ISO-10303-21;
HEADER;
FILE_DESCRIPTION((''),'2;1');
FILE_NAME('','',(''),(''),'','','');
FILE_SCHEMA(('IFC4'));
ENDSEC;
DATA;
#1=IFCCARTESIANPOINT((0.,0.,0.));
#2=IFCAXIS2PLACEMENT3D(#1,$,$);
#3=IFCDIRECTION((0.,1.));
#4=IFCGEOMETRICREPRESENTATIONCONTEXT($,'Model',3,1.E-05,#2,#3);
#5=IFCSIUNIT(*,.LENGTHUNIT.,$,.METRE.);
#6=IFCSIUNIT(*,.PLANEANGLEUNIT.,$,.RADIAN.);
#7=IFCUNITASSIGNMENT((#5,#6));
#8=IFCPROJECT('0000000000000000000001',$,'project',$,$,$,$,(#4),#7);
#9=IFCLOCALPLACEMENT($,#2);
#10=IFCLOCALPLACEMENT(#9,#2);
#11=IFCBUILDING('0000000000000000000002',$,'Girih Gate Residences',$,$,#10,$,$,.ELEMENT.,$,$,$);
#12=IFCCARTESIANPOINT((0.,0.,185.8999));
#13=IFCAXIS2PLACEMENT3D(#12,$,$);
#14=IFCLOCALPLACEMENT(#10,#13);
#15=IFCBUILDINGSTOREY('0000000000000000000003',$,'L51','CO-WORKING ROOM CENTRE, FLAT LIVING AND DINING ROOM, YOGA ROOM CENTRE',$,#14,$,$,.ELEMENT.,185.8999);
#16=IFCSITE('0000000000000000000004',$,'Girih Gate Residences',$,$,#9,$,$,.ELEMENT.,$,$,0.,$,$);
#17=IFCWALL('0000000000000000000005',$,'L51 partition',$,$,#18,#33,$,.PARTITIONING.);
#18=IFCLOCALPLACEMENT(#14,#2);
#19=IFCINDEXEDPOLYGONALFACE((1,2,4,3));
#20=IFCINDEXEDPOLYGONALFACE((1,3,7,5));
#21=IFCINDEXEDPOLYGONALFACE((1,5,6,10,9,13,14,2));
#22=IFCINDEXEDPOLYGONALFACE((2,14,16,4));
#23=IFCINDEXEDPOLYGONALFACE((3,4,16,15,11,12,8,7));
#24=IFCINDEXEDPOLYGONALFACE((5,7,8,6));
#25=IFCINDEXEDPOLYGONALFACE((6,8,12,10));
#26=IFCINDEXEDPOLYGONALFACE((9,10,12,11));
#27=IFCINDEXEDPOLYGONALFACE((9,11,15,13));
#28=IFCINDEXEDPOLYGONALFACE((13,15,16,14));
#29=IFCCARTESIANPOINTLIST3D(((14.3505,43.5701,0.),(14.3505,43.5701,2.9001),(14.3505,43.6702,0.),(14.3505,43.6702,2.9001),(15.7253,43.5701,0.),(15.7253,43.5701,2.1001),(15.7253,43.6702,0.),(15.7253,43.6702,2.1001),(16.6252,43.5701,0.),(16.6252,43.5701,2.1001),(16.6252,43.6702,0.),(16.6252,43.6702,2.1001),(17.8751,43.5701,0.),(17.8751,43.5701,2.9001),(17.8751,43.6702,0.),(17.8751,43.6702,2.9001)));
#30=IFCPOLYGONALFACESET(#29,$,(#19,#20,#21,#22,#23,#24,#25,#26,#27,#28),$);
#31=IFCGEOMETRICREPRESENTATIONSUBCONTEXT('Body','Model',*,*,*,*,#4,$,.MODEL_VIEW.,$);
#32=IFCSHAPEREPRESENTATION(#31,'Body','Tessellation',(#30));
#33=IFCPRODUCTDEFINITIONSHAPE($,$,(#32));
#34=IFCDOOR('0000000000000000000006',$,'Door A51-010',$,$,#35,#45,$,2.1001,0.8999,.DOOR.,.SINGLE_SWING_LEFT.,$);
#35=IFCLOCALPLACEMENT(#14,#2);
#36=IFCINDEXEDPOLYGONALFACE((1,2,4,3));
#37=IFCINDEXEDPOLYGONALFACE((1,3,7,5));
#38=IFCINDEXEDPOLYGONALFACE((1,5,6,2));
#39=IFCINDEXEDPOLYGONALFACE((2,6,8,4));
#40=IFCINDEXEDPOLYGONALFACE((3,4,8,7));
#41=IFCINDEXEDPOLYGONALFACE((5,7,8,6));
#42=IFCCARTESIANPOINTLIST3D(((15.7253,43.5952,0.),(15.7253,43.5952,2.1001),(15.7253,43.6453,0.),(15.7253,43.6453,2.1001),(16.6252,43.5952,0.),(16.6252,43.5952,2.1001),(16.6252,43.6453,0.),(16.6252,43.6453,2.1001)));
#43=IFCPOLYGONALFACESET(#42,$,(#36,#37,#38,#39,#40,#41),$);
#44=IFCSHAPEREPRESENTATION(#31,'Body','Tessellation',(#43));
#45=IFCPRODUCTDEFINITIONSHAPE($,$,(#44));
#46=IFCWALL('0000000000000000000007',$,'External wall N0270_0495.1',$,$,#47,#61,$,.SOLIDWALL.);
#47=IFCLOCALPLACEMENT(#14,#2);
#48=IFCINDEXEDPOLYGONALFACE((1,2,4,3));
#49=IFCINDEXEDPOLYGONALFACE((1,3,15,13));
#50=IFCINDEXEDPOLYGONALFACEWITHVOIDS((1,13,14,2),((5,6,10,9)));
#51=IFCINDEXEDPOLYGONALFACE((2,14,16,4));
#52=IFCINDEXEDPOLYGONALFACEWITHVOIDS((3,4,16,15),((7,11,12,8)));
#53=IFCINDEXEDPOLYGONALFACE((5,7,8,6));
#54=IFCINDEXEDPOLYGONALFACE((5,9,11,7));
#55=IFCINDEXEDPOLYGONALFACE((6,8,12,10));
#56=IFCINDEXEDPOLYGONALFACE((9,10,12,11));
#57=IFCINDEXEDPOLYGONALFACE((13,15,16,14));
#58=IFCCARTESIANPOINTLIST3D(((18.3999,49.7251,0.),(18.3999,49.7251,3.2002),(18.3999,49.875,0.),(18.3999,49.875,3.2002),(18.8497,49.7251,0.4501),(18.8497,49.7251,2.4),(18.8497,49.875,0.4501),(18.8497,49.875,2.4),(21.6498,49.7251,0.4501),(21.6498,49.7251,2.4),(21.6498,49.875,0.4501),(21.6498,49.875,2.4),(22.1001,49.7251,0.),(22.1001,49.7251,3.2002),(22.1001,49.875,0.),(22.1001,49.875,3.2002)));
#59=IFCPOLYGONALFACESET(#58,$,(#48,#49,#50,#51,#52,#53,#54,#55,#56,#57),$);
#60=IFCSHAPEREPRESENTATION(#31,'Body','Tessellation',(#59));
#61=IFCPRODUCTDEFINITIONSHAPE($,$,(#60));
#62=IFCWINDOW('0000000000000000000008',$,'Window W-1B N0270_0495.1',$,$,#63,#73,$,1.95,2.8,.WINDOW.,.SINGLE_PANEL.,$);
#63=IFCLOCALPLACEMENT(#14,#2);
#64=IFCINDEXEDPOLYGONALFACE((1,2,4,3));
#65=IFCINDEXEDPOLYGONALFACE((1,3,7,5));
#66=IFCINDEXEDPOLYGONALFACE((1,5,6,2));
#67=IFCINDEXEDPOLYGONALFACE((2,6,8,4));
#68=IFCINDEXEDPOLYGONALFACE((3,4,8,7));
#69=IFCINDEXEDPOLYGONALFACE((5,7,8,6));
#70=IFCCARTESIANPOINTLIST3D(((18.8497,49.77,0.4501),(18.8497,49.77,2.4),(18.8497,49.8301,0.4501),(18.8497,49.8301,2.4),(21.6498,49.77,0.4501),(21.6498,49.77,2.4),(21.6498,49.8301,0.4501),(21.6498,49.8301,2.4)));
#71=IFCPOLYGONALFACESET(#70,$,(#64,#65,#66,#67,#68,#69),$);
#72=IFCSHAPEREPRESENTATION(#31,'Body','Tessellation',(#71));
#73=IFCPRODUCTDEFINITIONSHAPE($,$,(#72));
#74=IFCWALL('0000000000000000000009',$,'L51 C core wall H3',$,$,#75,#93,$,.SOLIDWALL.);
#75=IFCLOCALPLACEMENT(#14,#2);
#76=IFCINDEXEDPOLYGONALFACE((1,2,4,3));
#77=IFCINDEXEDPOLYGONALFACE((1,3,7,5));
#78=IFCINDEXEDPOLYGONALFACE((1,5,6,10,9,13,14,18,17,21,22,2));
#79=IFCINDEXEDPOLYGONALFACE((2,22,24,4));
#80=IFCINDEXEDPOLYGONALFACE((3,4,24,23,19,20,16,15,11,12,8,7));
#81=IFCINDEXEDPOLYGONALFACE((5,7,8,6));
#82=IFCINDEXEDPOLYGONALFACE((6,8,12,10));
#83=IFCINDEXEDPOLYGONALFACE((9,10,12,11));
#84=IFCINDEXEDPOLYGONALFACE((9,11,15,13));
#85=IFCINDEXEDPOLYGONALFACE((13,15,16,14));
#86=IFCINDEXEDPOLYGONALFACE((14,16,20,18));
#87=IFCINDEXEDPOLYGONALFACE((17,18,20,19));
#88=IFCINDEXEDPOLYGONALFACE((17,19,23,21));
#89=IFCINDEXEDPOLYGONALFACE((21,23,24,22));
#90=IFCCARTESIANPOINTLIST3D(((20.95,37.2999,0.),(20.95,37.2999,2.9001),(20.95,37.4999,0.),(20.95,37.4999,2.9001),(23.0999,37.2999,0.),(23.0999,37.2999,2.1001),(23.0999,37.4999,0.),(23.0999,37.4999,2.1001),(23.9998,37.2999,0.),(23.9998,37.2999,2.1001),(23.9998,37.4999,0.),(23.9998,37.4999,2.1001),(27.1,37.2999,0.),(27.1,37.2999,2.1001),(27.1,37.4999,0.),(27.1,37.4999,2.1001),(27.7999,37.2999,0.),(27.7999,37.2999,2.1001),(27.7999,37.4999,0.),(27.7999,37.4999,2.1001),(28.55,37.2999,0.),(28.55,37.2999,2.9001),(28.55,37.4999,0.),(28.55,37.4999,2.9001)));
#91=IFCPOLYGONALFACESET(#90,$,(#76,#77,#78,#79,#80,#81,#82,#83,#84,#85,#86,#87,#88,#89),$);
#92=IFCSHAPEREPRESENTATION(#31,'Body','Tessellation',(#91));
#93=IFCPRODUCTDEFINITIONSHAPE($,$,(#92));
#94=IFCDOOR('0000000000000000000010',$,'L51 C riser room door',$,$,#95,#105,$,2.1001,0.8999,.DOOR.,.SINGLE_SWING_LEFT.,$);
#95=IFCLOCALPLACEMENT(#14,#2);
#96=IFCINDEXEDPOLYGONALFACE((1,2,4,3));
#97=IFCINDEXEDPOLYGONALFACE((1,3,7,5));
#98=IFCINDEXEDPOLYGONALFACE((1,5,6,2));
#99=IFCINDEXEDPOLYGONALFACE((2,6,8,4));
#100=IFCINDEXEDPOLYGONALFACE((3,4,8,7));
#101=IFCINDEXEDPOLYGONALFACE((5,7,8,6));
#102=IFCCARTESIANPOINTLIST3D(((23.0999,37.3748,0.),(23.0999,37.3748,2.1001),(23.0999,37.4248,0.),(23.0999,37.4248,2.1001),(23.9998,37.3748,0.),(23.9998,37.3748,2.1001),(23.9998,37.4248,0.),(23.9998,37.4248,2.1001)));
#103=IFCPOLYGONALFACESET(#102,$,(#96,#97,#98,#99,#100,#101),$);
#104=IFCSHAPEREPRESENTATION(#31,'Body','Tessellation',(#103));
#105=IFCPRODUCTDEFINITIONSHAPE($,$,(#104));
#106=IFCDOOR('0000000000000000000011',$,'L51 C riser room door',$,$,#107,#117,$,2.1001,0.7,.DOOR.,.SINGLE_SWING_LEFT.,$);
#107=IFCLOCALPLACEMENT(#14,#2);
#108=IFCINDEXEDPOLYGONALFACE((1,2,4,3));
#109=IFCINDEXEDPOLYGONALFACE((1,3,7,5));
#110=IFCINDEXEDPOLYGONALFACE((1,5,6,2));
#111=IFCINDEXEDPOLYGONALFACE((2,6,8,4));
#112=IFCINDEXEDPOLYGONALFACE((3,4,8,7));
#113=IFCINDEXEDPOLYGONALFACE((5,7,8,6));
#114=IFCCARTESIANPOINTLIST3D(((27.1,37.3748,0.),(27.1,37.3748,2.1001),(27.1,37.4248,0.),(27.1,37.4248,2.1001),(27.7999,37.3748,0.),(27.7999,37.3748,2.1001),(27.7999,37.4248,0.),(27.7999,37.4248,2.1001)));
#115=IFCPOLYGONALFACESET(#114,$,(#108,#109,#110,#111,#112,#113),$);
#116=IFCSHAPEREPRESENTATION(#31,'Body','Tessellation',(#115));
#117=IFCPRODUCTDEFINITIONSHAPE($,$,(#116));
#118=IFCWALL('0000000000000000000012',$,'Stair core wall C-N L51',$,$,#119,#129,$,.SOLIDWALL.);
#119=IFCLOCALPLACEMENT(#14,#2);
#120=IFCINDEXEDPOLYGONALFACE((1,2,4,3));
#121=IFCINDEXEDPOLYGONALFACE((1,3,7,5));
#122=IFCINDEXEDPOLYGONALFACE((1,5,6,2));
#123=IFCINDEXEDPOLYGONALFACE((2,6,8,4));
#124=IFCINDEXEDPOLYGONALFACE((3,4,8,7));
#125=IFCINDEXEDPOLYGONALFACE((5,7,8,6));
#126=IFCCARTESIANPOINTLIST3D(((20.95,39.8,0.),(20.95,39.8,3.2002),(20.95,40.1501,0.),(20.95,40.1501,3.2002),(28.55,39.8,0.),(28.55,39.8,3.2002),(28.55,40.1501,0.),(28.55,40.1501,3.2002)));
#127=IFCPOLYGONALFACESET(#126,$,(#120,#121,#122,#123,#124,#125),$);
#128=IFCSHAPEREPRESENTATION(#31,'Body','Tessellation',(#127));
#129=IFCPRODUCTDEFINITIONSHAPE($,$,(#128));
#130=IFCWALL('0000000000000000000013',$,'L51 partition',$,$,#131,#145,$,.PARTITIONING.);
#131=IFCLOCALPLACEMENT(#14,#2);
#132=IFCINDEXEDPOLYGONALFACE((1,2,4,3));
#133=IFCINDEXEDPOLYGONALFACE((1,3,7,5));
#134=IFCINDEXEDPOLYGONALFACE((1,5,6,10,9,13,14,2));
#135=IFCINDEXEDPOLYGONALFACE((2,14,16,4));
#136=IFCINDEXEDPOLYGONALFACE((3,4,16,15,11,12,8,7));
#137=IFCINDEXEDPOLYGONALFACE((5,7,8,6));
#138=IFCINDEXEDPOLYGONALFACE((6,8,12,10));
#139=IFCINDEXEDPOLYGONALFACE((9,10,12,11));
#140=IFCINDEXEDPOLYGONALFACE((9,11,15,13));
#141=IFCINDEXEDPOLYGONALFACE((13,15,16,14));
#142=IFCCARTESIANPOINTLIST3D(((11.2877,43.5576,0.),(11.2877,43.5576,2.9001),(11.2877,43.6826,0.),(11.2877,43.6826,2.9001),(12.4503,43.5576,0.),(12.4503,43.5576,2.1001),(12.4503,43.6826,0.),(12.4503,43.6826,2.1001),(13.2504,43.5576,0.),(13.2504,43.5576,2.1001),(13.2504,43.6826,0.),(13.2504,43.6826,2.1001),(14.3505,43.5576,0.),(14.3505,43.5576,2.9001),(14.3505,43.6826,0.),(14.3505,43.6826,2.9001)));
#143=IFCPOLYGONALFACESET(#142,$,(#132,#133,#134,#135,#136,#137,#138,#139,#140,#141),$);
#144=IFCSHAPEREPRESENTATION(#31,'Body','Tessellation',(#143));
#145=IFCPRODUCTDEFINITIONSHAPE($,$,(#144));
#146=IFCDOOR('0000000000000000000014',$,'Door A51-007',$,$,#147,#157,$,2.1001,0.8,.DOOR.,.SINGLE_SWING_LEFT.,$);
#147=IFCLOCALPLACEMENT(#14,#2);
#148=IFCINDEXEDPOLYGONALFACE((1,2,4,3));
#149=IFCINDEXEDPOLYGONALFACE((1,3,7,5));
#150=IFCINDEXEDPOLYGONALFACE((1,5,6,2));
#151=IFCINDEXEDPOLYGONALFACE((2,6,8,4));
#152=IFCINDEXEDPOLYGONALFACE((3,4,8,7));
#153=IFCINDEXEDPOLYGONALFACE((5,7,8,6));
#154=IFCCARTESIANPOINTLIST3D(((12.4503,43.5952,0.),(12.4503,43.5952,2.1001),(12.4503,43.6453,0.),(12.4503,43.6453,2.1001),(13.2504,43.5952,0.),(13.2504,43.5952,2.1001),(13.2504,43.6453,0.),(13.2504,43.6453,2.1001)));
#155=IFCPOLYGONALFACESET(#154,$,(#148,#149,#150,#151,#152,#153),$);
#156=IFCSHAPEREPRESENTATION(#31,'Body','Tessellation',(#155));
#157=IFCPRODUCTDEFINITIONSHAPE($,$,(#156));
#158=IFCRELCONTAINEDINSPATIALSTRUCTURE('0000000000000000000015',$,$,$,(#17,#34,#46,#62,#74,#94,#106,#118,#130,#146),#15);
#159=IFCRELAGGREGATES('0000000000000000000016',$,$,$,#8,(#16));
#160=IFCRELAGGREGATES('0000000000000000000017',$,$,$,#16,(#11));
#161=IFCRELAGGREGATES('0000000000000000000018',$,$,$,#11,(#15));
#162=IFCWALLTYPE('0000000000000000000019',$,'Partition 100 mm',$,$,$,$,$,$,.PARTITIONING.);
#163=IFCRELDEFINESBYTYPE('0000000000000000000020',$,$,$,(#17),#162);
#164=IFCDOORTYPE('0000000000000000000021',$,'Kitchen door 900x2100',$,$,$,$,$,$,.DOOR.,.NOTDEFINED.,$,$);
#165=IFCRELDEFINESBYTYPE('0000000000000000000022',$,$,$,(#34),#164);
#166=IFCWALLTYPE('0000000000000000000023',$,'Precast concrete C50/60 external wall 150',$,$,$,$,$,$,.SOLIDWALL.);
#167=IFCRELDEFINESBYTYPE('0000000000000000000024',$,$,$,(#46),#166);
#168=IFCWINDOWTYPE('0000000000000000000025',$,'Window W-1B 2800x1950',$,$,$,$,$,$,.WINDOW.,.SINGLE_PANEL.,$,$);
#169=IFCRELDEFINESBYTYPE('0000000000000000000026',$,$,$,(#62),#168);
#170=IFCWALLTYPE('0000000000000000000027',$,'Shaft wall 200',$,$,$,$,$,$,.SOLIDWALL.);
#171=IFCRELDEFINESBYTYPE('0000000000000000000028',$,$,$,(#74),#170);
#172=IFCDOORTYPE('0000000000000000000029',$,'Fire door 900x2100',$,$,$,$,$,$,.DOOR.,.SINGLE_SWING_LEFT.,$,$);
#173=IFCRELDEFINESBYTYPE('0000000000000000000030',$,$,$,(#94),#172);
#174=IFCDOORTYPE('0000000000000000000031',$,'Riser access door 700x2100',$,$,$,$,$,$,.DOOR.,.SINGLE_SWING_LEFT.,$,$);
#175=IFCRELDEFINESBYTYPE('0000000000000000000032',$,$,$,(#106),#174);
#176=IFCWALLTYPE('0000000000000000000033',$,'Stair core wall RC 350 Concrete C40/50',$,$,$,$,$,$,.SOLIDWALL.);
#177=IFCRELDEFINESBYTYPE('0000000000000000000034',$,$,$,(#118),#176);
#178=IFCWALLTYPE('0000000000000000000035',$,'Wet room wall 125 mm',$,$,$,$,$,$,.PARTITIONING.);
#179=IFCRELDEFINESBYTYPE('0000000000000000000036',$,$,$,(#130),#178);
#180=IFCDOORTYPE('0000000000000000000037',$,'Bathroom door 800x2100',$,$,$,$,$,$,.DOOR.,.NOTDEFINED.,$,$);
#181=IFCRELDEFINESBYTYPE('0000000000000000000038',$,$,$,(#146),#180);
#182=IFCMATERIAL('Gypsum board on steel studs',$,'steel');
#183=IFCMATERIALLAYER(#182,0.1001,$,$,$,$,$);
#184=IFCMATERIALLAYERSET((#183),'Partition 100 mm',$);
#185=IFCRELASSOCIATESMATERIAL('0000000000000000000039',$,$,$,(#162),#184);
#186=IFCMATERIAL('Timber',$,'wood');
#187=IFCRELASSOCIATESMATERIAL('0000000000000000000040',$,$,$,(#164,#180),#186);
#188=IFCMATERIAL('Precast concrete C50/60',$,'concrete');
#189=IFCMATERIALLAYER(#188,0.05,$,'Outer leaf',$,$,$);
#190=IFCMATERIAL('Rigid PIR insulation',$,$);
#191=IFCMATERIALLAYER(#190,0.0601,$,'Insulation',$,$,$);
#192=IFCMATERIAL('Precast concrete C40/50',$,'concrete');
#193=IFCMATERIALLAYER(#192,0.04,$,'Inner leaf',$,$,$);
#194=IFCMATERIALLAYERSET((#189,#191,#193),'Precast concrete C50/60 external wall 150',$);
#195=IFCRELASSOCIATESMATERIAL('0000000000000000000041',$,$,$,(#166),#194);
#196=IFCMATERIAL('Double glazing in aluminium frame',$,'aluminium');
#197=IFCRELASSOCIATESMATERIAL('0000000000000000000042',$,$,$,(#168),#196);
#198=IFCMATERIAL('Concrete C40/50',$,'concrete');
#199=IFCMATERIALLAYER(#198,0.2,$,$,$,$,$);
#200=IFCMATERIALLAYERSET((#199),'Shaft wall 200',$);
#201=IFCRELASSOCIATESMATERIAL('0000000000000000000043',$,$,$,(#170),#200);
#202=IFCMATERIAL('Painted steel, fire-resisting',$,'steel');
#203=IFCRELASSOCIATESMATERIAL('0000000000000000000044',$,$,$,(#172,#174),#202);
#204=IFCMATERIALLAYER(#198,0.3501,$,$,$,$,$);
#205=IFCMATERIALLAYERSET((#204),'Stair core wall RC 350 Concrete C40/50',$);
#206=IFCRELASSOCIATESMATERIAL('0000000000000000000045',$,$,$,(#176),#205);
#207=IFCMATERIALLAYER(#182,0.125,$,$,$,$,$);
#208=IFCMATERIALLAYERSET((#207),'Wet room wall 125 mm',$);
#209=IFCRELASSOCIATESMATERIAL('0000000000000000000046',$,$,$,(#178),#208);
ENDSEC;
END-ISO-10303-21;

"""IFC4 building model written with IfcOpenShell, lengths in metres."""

from ifc_helpers import new_model, si_unit, direction, frame, frame_2d, origin, place, context, subcontext, project, spatial, rectangle, extrude, material, layer, layer_set, type_object, element, fill, save


model = new_model("IFC4")

# Units and contexts
model_context = context("Model", 3, precision=1e-05, world=origin(), true_north=direction((0.0, 1.0)))
body_context = subcontext(model_context, "Body", "Model", "MODEL_VIEW")
ifc_project = project(units=[si_unit("LENGTHUNIT", "METRE"), si_unit("PLANEANGLEUNIT", "RADIAN")], contexts=[model_context])

# Site, building, storey
site_placement = place(None, origin())
site = spatial("IfcSite", under=ifc_project, at=site_placement, Name="Girih Gate Residences", CompositionType="ELEMENT", RefElevation=0.0)
building_placement = place(site_placement, origin())
building = spatial("IfcBuilding", under=site, at=building_placement, Name="Girih Gate Residences", CompositionType="ELEMENT")
storey_placement = place(building_placement, frame((0.0, 0.0, 185.8999)))
storey = spatial("IfcBuildingStorey", under=building, at=storey_placement, Name="L51", Description="CO-WORKING ROOM CENTRE, FLAT LIVING AND DINING ROOM, YOGA ROOM CENTRE", CompositionType="ELEMENT", Elevation=185.8999)

# Shared definitions
ifc_material_1 = material(Name="Gypsum board on steel studs", Category="steel")

# Wall, opening, door
ifc_layer_1 = layer(ifc_material_1, 0.1001)
ifc_layer_set_1 = layer_set([ifc_layer_1], Name="Partition 100 mm")
wall_type_1 = type_object("IfcWallType", Name="Partition 100 mm", PredefinedType="PARTITIONING", material=ifc_layer_set_1)
wall_1_placement = place(storey_placement, frame((17.875, 43.6201, 0.0), z_axis=(0.0, 0.0, 1.0), x_axis=(-1.0, 0.0, 0.0)))
wall_1 = element("IfcWall", 1, at=wall_1_placement, inside=storey, type_object=wall_type_1, Name="L51 partition", PredefinedType="PARTITIONING", context=body_context, shape_type="SweptSolid", body=[
    extrude(rectangle(XDim=3.5247, YDim=0.1001, at=frame_2d((1.7622, 0.0))), origin(), (0.0, 0.0, 1.0), 2.9001),
])
opening_1_placement = place(wall_1_placement, frame((1.2498, 0.0, 0.0)))
opening_1 = element("IfcOpeningElement", 2, at=opening_1_placement, cuts=wall_1, PredefinedType="OPENING", context=body_context, shape_type="SweptSolid", body=[
    extrude(rectangle(XDim=0.8999, YDim=2.1001, at=frame_2d((0.45, 1.05))), frame((0.0, 0.0601, 0.0), z_axis=(0.0, -1.0, 0.0), x_axis=(1.0, 0.0, 0.0)), (0.0, 0.0, 1.0), 0.1201),
])
ifc_material_2 = material(Name="Timber", Category="wood")
door_type_1 = type_object("IfcDoorType", Name="Kitchen door 900x2100", OperationType="NOTDEFINED", PredefinedType="DOOR", material=ifc_material_2)
door_1_placement = place(opening_1_placement, origin())
door_1 = element("IfcDoor", 3, at=door_1_placement, inside=storey, type_object=door_type_1, Name="Door A51-010", OperationType="SINGLE_SWING_LEFT", OverallHeight=2.1001, OverallWidth=0.8999, PredefinedType="DOOR", context=body_context, shape_type="SweptSolid", body=[
    extrude(rectangle(XDim=0.8999, YDim=2.1001, at=frame_2d((0.45, 1.05))), frame((0.0, 0.0249, 0.0), z_axis=(0.0, -1.0, 0.0), x_axis=(1.0, 0.0, 0.0)), (0.0, 0.0, 1.0), 0.05),
])
fill(opening_1, door_1)

# Wall, opening, window
ifc_material_3 = material(Name="Precast concrete C50/60", Category="concrete")
ifc_layer_2 = layer(ifc_material_3, 0.05, Name="Outer leaf")
ifc_material_4 = material(Name="Rigid PIR insulation")
ifc_layer_3 = layer(ifc_material_4, 0.0601, Name="Insulation")
ifc_material_5 = material(Name="Precast concrete C40/50", Category="concrete")
ifc_layer_4 = layer(ifc_material_5, 0.04, Name="Inner leaf")
ifc_layer_set_2 = layer_set([ifc_layer_2, ifc_layer_3, ifc_layer_4], Name="Precast concrete C50/60 external wall 150")
wall_type_2 = type_object("IfcWallType", Name="Precast concrete C50/60 external wall 150", PredefinedType="SOLIDWALL", material=ifc_layer_set_2)
wall_2_placement = place(storey_placement, frame((18.3999, 49.8, 0.0), z_axis=(0.0, 0.0, 1.0), x_axis=(1.0, 0.0, 0.0)))
wall_2 = element("IfcWall", 4, at=wall_2_placement, inside=storey, type_object=wall_type_2, Name="External wall N0270_0495.1", PredefinedType="SOLIDWALL", context=body_context, shape_type="SweptSolid", body=[
    extrude(rectangle(XDim=3.7002, YDim=0.1499, at=frame_2d((1.8501, 0.0))), origin(), (0.0, 0.0, 1.0), 3.2002),
])
opening_2_placement = place(wall_2_placement, frame((0.45, 0.0, 0.45)))
opening_2 = element("IfcOpeningElement", 5, at=opening_2_placement, cuts=wall_2, PredefinedType="OPENING", context=body_context, shape_type="SweptSolid", body=[
    extrude(rectangle(XDim=2.8, YDim=1.95, at=frame_2d((1.3999, 0.9751))), frame((0.0, 0.085, 0.0), z_axis=(0.0, -1.0, 0.0), x_axis=(1.0, 0.0, 0.0)), (0.0, 0.0, 1.0), 0.1699),
])
ifc_material_6 = material(Name="Double glazing in aluminium frame", Category="aluminium")
window_type = type_object("IfcWindowType", Name="Window W-1B 2800x1950", PartitioningType="SINGLE_PANEL", PredefinedType="WINDOW", material=ifc_material_6)
window_placement = place(opening_2_placement, origin())
window = element("IfcWindow", 6, at=window_placement, inside=storey, type_object=window_type, Name="Window W-1B N0270_0495.1", OverallHeight=1.95, OverallWidth=2.8, PartitioningType="SINGLE_PANEL", PredefinedType="WINDOW", context=body_context, shape_type="SweptSolid", body=[
    extrude(rectangle(XDim=2.8, YDim=1.95, at=frame_2d((1.3999, 0.9751))), frame((0.0, 0.03, 0.0), z_axis=(0.0, -1.0, 0.0), x_axis=(1.0, 0.0, 0.0)), (0.0, 0.0, 1.0), 0.0601),
])
fill(opening_2, window)

# Wall, openings, doors
ifc_material_7 = material(Name="Concrete C40/50", Category="concrete")
ifc_layer_5 = layer(ifc_material_7, 0.2)
ifc_layer_set_3 = layer_set([ifc_layer_5], Name="Shaft wall 200")
wall_type_3 = type_object("IfcWallType", Name="Shaft wall 200", PredefinedType="SOLIDWALL", material=ifc_layer_set_3)
wall_3_placement = place(storey_placement, frame((20.95, 37.3999, 0.0), z_axis=(0.0, 0.0, 1.0), x_axis=(1.0, 0.0, 0.0)))
wall_3 = element("IfcWall", 7, at=wall_3_placement, inside=storey, type_object=wall_type_3, Name="L51 C core wall H3", PredefinedType="SOLIDWALL", context=body_context, shape_type="SweptSolid", body=[
    extrude(rectangle(XDim=7.6001, YDim=0.2, at=frame_2d((3.8, 0.0))), origin(), (0.0, 0.0, 1.0), 2.9001),
])
opening_3_placement = place(wall_3_placement, frame((6.1499, 0.0, 0.0)))
opening_3 = element("IfcOpeningElement", 8, at=opening_3_placement, cuts=wall_3, PredefinedType="OPENING", context=body_context, shape_type="SweptSolid", body=[
    extrude(rectangle(XDim=0.7, YDim=2.1001, at=frame_2d((0.3501, 1.05))), frame((0.0, 0.1099, 0.0), z_axis=(0.0, -1.0, 0.0), x_axis=(1.0, 0.0, 0.0)), (0.0, 0.0, 1.0), 0.22),
])
opening_4_placement = place(wall_3_placement, frame((2.1499, 0.0, 0.0)))
opening_4 = element("IfcOpeningElement", 9, at=opening_4_placement, cuts=wall_3, PredefinedType="OPENING", context=body_context, shape_type="SweptSolid", body=[
    extrude(rectangle(XDim=0.8999, YDim=2.1001, at=frame_2d((0.45, 1.05))), frame((0.0, 0.1099, 0.0), z_axis=(0.0, -1.0, 0.0), x_axis=(1.0, 0.0, 0.0)), (0.0, 0.0, 1.0), 0.22),
])
ifc_material_8 = material(Name="Painted steel, fire-resisting", Category="steel")
door_type_2 = type_object("IfcDoorType", Name="Fire door 900x2100", OperationType="SINGLE_SWING_LEFT", PredefinedType="DOOR", material=ifc_material_8)
door_2_placement = place(opening_4_placement, origin())
door_2 = element("IfcDoor", 10, at=door_2_placement, inside=storey, type_object=door_type_2, Name="L51 C riser room door", OperationType="SINGLE_SWING_LEFT", OverallHeight=2.1001, OverallWidth=0.8999, PredefinedType="DOOR", context=body_context, shape_type="SweptSolid", body=[
    extrude(rectangle(XDim=0.8999, YDim=2.1001, at=frame_2d((0.45, 1.05))), frame((0.0, 0.0249, 0.0), z_axis=(0.0, -1.0, 0.0), x_axis=(1.0, 0.0, 0.0)), (0.0, 0.0, 1.0), 0.05),
])
fill(opening_4, door_2)
door_type_3 = type_object("IfcDoorType", Name="Riser access door 700x2100", OperationType="SINGLE_SWING_LEFT", PredefinedType="DOOR", material=ifc_material_8)
door_3_placement = place(opening_3_placement, origin())
door_3 = element("IfcDoor", 11, at=door_3_placement, inside=storey, type_object=door_type_3, Name="L51 C riser room door", OperationType="SINGLE_SWING_LEFT", OverallHeight=2.1001, OverallWidth=0.7, PredefinedType="DOOR", context=body_context, shape_type="SweptSolid", body=[
    extrude(rectangle(XDim=0.7, YDim=2.1001, at=frame_2d((0.3501, 1.05))), frame((0.0, 0.0249, 0.0), z_axis=(0.0, -1.0, 0.0), x_axis=(1.0, 0.0, 0.0)), (0.0, 0.0, 1.0), 0.05),
])
fill(opening_3, door_3)

# Wall
ifc_layer_6 = layer(ifc_material_7, 0.3501)
ifc_layer_set_4 = layer_set([ifc_layer_6], Name="Stair core wall RC 350 Concrete C40/50")
wall_type_4 = type_object("IfcWallType", Name="Stair core wall RC 350 Concrete C40/50", PredefinedType="SOLIDWALL", material=ifc_layer_set_4)
wall_4_placement = place(storey_placement, frame((20.95, 39.9751, 0.0), z_axis=(0.0, 0.0, 1.0), x_axis=(1.0, 0.0, 0.0)))
element("IfcWall", 12, at=wall_4_placement, inside=storey, type_object=wall_type_4, Name="Stair core wall C-N L51", PredefinedType="SOLIDWALL", context=body_context, shape_type="SweptSolid", body=[
    extrude(rectangle(XDim=7.6001, YDim=0.3501, at=frame_2d((3.8, 0.0))), origin(), (0.0, 0.0, 1.0), 3.2002),
])

# Wall, opening, door
ifc_layer_7 = layer(ifc_material_1, 0.125)
ifc_layer_set_5 = layer_set([ifc_layer_7], Name="Wet room wall 125 mm")
wall_type_5 = type_object("IfcWallType", Name="Wet room wall 125 mm", PredefinedType="PARTITIONING", material=ifc_layer_set_5)
wall_5_placement = place(storey_placement, frame((14.3503, 43.6201, 0.0), z_axis=(0.0, 0.0, 1.0), x_axis=(-1.0, 0.0, 0.0)))
wall_5 = element("IfcWall", 13, at=wall_5_placement, inside=storey, type_object=wall_type_5, Name="L51 partition", PredefinedType="PARTITIONING", context=body_context, shape_type="SweptSolid", body=[
    extrude(rectangle(XDim=3.0627, YDim=0.125, at=frame_2d((1.5312, 0.0))), origin(), (0.0, 0.0, 1.0), 2.9001),
])
opening_5_placement = place(wall_5_placement, frame((1.1001, 0.0, 0.0)))
opening_5 = element("IfcOpeningElement", 14, at=opening_5_placement, cuts=wall_5, PredefinedType="OPENING", context=body_context, shape_type="SweptSolid", body=[
    extrude(rectangle(XDim=0.8, YDim=2.1001, at=frame_2d((0.3999, 1.05))), frame((0.0, 0.0725, 0.0), z_axis=(0.0, -1.0, 0.0), x_axis=(1.0, 0.0, 0.0)), (0.0, 0.0, 1.0), 0.145),
])
door_type_4 = type_object("IfcDoorType", Name="Bathroom door 800x2100", OperationType="NOTDEFINED", PredefinedType="DOOR", material=ifc_material_2)
door_4_placement = place(opening_5_placement, origin())
door_4 = element("IfcDoor", 15, at=door_4_placement, inside=storey, type_object=door_type_4, Name="Door A51-007", OperationType="SINGLE_SWING_LEFT", OverallHeight=2.1001, OverallWidth=0.8, PredefinedType="DOOR", context=body_context, shape_type="SweptSolid", body=[
    extrude(rectangle(XDim=0.8, YDim=2.1001, at=frame_2d((0.3999, 1.05))), frame((0.0, 0.0249, 0.0), z_axis=(0.0, -1.0, 0.0), x_axis=(1.0, 0.0, 0.0)), (0.0, 0.0, 1.0), 0.05),
])
fill(opening_5, door_4)

save(model, "model.ifc")
